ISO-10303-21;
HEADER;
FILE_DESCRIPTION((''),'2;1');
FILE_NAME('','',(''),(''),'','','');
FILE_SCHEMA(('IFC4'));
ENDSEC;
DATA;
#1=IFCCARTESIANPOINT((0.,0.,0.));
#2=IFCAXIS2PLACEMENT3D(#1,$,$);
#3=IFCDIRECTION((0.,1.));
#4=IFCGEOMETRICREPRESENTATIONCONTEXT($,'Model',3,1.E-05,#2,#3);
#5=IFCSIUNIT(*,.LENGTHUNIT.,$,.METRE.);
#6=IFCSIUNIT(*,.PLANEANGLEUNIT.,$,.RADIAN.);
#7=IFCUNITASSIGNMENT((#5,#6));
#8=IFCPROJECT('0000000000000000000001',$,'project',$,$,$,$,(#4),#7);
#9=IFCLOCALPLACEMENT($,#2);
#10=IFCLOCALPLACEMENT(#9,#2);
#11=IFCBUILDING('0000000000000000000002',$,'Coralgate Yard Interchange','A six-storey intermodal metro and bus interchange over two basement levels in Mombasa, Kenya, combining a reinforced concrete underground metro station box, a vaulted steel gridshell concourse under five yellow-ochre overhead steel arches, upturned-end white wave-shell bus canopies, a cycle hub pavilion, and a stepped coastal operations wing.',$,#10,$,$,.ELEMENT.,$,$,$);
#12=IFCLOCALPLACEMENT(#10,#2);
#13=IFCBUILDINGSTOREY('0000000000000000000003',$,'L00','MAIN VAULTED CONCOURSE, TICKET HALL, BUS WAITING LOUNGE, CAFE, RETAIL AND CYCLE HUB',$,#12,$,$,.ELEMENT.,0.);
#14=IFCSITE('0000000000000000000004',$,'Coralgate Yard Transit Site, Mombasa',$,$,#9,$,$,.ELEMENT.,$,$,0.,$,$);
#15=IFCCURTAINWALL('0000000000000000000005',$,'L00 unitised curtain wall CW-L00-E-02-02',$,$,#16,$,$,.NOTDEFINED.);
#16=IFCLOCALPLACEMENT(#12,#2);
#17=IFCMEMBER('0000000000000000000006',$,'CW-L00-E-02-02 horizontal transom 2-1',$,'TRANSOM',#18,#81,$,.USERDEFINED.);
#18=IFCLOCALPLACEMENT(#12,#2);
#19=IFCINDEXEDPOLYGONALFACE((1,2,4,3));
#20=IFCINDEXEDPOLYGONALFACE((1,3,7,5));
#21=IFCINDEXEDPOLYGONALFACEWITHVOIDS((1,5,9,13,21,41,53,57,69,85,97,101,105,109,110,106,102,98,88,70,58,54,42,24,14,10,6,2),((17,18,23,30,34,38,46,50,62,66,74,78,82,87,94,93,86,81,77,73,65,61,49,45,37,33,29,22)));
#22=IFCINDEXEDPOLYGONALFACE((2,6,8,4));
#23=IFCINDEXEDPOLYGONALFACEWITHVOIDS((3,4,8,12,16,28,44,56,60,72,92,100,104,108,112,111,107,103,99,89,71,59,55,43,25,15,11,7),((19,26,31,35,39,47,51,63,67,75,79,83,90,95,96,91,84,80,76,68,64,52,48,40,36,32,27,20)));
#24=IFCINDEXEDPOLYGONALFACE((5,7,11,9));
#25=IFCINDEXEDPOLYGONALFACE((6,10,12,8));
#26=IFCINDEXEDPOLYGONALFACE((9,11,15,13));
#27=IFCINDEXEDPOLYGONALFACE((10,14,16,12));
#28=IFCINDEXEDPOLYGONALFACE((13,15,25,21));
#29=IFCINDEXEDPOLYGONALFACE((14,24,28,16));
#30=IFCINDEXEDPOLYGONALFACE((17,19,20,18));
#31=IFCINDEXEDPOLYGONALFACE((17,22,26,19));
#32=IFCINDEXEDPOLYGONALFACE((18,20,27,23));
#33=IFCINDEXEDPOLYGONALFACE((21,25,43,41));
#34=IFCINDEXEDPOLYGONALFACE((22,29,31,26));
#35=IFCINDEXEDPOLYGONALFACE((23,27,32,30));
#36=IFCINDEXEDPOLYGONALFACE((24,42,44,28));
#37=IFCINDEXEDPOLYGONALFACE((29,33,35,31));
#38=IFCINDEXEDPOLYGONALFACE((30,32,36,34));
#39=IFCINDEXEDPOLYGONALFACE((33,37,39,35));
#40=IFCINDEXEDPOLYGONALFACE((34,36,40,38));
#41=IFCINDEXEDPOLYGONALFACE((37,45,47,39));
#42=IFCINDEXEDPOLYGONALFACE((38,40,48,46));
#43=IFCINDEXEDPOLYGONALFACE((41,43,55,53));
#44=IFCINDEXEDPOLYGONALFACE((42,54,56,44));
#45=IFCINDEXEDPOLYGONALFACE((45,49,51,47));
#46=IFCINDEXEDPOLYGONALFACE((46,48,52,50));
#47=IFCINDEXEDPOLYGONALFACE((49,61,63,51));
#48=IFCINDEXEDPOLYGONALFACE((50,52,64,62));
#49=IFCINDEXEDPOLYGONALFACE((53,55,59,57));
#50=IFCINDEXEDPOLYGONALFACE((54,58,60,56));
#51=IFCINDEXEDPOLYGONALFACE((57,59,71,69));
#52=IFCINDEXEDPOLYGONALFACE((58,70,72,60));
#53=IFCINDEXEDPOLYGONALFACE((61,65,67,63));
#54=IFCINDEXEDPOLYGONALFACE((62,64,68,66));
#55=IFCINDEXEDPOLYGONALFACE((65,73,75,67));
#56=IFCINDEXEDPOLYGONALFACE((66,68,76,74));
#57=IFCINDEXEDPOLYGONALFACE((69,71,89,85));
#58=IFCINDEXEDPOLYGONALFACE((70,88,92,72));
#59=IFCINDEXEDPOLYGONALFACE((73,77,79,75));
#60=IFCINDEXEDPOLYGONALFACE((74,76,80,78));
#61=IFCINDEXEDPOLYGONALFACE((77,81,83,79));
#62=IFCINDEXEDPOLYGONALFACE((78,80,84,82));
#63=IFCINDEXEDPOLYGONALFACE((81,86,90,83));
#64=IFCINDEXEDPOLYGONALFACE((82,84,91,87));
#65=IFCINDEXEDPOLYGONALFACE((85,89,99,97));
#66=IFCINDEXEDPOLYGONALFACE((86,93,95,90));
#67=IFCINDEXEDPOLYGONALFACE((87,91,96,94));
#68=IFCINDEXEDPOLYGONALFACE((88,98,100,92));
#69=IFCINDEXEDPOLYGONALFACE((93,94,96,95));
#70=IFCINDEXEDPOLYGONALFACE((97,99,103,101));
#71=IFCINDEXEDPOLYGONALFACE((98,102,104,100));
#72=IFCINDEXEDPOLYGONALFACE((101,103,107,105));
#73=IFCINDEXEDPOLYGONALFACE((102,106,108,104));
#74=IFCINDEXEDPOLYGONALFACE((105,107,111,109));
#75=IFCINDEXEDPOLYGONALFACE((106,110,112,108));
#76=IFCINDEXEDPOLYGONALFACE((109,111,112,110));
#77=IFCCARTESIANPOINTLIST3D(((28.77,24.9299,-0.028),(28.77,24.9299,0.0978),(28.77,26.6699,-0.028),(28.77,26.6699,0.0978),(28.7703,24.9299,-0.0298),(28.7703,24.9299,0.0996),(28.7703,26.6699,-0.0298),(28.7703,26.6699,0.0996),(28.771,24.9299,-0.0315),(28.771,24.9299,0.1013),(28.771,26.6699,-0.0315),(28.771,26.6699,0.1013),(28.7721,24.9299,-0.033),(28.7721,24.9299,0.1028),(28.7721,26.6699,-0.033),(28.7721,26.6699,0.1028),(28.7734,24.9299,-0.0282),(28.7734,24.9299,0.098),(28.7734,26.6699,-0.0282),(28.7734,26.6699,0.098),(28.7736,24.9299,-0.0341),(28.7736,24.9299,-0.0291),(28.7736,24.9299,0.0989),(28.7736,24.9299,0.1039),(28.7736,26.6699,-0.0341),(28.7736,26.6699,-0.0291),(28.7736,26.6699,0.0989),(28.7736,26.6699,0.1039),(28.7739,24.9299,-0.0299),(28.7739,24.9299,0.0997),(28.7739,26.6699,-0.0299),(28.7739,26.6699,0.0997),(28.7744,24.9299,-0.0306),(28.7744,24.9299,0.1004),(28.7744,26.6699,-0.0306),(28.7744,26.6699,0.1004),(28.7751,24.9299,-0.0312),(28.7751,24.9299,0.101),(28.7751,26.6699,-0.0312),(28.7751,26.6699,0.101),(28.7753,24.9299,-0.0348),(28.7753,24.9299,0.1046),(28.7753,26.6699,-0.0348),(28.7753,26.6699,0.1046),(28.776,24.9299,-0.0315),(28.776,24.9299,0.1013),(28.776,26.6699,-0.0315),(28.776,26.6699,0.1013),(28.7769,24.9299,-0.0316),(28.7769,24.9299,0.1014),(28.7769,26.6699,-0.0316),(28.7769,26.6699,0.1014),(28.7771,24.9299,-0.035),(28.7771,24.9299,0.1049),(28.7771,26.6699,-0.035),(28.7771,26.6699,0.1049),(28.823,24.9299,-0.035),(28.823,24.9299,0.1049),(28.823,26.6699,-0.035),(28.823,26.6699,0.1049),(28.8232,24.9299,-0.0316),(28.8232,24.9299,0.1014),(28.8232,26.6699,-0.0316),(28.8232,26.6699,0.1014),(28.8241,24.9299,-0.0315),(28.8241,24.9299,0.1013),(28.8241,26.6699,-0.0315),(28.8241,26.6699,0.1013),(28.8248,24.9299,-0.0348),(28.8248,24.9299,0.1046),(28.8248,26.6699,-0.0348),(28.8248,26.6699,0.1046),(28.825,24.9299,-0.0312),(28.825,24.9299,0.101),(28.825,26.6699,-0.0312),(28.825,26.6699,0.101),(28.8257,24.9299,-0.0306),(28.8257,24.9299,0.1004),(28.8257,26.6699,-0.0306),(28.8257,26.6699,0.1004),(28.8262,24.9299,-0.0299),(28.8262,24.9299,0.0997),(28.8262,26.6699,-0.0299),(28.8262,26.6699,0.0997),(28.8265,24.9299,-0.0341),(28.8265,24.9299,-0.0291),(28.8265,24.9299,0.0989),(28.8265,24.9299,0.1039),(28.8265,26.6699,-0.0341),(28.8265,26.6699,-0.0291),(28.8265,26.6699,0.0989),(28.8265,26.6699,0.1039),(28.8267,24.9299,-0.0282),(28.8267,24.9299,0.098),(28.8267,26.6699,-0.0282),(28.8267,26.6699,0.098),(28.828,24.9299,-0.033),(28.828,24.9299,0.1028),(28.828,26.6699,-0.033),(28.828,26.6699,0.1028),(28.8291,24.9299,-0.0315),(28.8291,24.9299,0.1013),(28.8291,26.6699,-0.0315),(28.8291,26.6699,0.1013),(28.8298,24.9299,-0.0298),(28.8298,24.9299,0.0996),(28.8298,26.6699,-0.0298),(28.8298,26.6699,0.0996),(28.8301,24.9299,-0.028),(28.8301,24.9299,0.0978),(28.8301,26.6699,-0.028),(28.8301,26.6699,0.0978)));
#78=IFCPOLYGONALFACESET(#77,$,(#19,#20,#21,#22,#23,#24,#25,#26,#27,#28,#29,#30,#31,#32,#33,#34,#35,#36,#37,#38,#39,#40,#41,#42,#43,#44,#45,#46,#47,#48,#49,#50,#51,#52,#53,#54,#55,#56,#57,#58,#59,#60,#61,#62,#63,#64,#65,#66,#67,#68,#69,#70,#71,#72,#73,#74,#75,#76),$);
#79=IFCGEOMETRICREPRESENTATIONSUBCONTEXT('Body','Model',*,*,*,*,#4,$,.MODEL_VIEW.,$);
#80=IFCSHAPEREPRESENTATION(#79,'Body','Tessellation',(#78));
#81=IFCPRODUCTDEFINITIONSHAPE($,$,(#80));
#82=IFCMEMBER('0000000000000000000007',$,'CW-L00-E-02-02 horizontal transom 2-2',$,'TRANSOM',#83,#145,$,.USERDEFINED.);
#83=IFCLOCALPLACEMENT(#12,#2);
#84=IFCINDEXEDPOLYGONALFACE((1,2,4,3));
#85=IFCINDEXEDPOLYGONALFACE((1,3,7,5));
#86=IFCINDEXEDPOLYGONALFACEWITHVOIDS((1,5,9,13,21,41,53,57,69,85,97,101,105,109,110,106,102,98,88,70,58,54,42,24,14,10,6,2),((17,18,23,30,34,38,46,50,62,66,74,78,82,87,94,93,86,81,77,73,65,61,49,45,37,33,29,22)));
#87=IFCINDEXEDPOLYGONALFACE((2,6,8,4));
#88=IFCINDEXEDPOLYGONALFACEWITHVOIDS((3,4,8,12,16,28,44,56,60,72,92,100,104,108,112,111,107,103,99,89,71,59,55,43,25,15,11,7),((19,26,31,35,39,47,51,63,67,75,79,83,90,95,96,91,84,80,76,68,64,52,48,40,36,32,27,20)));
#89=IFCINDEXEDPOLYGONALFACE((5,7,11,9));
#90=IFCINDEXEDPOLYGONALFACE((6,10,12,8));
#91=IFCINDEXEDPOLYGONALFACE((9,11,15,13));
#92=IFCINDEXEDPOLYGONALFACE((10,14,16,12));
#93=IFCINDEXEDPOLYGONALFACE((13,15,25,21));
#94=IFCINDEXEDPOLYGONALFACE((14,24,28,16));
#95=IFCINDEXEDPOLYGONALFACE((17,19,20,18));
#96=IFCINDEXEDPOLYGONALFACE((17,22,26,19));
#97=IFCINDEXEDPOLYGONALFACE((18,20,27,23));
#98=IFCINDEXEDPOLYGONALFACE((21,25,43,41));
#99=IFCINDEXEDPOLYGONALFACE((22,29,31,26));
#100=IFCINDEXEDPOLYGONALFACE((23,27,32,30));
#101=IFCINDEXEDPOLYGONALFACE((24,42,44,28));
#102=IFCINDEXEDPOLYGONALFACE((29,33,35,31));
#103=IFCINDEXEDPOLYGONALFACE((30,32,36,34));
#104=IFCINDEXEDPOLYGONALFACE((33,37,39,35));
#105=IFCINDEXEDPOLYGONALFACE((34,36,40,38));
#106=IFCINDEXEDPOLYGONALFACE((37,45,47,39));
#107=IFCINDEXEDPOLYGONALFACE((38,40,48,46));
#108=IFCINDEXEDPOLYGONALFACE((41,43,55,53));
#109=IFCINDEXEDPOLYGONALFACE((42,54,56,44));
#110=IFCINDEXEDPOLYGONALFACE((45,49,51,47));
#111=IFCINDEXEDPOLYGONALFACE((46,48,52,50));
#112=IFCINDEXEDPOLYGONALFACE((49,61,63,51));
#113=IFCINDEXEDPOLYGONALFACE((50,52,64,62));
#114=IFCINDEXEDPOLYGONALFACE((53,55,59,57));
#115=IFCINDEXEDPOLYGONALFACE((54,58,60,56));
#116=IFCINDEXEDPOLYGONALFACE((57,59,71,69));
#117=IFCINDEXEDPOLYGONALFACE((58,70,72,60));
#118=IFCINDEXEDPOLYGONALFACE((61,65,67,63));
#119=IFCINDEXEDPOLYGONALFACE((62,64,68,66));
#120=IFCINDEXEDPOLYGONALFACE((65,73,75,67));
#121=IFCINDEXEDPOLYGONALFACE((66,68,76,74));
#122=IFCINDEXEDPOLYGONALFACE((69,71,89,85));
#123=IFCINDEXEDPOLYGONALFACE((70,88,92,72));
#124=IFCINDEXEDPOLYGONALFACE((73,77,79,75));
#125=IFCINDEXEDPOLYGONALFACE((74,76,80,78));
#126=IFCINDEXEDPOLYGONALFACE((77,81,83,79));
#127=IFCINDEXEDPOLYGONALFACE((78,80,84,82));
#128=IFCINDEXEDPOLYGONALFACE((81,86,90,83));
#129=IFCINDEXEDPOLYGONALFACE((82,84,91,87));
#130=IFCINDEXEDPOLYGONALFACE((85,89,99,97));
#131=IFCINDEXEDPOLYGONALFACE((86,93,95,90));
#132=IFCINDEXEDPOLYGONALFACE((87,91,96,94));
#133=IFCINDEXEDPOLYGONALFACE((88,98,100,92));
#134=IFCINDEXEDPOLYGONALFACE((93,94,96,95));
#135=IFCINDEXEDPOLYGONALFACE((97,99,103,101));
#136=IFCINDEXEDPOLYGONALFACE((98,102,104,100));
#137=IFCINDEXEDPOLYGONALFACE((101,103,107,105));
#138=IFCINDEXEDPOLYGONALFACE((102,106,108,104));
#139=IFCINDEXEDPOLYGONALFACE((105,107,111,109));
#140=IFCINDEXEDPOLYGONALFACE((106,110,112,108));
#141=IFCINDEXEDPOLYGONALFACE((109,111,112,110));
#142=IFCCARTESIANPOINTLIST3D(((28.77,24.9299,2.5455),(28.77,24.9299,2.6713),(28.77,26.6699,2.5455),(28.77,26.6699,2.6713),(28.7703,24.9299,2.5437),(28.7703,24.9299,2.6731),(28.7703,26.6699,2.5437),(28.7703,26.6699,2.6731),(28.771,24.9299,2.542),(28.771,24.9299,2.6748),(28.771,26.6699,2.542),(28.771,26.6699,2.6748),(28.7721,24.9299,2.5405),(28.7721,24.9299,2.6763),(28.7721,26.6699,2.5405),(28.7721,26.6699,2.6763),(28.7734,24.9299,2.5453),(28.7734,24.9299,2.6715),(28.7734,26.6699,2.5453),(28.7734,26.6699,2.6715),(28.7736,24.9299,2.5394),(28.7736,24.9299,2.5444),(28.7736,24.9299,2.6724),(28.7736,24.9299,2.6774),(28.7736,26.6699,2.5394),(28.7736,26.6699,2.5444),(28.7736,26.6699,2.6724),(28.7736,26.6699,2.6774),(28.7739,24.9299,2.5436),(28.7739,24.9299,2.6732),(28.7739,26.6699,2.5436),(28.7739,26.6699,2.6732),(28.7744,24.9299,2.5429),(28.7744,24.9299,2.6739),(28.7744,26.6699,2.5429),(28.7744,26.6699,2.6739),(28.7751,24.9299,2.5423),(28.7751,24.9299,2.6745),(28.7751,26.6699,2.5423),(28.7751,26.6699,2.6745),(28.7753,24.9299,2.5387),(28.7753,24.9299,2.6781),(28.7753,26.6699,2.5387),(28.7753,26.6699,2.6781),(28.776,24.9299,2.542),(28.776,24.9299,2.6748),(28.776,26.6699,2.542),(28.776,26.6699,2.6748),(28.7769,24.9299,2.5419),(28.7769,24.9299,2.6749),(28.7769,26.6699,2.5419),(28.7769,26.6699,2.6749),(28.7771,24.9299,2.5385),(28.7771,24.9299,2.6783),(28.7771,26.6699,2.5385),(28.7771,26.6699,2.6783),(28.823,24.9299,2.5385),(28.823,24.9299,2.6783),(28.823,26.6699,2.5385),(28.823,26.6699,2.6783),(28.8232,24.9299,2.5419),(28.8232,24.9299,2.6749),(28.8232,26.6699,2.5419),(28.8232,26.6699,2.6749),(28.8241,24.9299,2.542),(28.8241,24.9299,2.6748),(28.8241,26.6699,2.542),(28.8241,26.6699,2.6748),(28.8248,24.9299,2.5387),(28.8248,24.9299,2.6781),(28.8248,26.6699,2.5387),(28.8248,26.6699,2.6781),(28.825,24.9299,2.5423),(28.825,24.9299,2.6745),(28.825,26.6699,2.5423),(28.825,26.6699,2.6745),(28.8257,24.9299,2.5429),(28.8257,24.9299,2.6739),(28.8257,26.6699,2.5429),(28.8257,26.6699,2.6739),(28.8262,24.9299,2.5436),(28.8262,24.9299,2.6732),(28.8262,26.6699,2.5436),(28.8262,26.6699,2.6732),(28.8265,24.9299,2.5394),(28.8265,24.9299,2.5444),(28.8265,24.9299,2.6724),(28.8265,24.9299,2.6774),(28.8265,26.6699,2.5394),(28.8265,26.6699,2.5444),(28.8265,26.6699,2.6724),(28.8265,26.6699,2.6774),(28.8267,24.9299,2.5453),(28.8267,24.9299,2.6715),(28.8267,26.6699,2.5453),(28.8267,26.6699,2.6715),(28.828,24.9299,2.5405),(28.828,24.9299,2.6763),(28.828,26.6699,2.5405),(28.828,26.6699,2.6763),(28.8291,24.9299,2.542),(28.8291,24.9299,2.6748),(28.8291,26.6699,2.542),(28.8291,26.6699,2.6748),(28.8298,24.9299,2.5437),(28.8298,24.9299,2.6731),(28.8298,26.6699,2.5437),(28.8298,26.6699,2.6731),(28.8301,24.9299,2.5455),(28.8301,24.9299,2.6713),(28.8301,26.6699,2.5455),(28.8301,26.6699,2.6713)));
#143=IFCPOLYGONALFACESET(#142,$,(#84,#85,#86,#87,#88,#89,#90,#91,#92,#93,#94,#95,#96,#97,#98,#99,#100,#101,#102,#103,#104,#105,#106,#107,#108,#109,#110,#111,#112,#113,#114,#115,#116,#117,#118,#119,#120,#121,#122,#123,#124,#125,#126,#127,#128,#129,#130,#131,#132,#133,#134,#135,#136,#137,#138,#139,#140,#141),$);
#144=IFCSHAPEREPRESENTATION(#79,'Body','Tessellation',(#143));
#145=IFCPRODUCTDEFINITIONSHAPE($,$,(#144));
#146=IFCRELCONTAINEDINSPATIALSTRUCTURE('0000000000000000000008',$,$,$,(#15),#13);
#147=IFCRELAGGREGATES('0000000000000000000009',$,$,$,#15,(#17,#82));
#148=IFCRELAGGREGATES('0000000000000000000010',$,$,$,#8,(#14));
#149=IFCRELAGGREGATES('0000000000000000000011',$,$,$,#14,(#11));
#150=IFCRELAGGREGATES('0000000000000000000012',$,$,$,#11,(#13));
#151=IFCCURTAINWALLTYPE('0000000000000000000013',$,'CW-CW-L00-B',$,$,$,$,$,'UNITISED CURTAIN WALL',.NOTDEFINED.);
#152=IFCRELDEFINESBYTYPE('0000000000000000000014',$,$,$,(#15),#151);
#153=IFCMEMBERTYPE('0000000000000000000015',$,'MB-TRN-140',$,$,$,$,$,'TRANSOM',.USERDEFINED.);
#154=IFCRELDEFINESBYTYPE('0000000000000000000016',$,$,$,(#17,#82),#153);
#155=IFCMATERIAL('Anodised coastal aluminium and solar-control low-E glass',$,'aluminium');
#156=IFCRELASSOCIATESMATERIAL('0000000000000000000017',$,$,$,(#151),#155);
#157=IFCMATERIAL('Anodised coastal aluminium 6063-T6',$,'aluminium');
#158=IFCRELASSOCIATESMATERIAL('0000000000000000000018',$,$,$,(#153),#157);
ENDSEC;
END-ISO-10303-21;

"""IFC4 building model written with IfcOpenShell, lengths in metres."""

from ifc_helpers import new_model, si_unit, direction, frame, origin, origin_2d, place, context, subcontext, project, spatial, hollow_rectangle, extrude, material, material_profile, profile_set, type_object, element, aggregate, save


model = new_model("IFC4")

# Units and contexts
model_context = context("Model", 3, precision=1e-05, world=origin(), true_north=direction((0.0, 1.0)))
body_context = subcontext(model_context, "Body", "Model", "MODEL_VIEW")
ifc_project = project(units=[si_unit("LENGTHUNIT", "METRE"), si_unit("PLANEANGLEUNIT", "RADIAN")], contexts=[model_context])

# Site, building, storey
site_placement = place(None, origin())
site = spatial("IfcSite", under=ifc_project, at=site_placement, Name="Coralgate Yard Transit Site, Mombasa", CompositionType="ELEMENT", RefElevation=0.0)
building_placement = place(site_placement, origin())
building = spatial("IfcBuilding", under=site, at=building_placement, Name="Coralgate Yard Interchange", Description="A six-storey intermodal metro and bus interchange over two basement levels in Mombasa, Kenya, combining a reinforced concrete underground metro station box, a vaulted steel gridshell concourse under five yellow-ochre overhead steel arches, upturned-end white wave-shell bus canopies, a cycle hub pavilion, and a stepped coastal operations wing.", CompositionType="ELEMENT")
storey_placement = place(building_placement, origin())
storey = spatial("IfcBuildingStorey", under=building, at=storey_placement, Name="L00", Description="MAIN VAULTED CONCOURSE, TICKET HALL, BUS WAITING LOUNGE, CAFE, RETAIL AND CYCLE HUB", CompositionType="ELEMENT", Elevation=0.0)

# Curtain wall, members
ifc_material_1 = material(Name="Anodised coastal aluminium and solar-control low-E glass", Category="aluminium")
curtain_wall_type = type_object("IfcCurtainWallType", Name="CW-CW-L00-B", ElementType="UNITISED CURTAIN WALL", PredefinedType="NOTDEFINED", material=ifc_material_1)
curtain_wall_placement = place(storey_placement, origin())
curtain_wall = element("IfcCurtainWall", 1, at=curtain_wall_placement, inside=storey, type_object=curtain_wall_type, Name="L00 unitised curtain wall CW-L00-E-02-02", PredefinedType="NOTDEFINED")
ifc_material_2 = material(Name="Anodised coastal aluminium 6063-T6", Category="aluminium")
ifc_material_profile_1 = material_profile(ifc_material_2, hollow_rectangle(XDim=0.0601, YDim=0.1399, WallThickness=0.0034, InnerFilletRadius=0.0034, OuterFilletRadius=0.0071, at=origin_2d()), Name="ALU 60x140x3.5")
ifc_profile_set_1 = profile_set([ifc_material_profile_1], Name="Anodised coastal aluminium 6063-T6")
member_type_1 = type_object("IfcMemberType", Name="MB-TRN-140", ElementType="TRANSOM", PredefinedType="USERDEFINED", material=ifc_profile_set_1)
member_1_placement = place(storey_placement, frame((28.8, 26.6699, 0.0349), z_axis=(0.0, -1.0, 0.0), x_axis=(1.0, 0.0, 0.0)))
member_1 = element("IfcMember", 2, at=member_1_placement, type_object=member_type_1, Name="CW-L00-E-02-02 horizontal transom 2-1", ObjectType="TRANSOM", PredefinedType="USERDEFINED", context=body_context, shape_type="SweptSolid", body=[
    extrude(hollow_rectangle(XDim=0.0601, YDim=0.1399, WallThickness=0.0034, InnerFilletRadius=0.0034, OuterFilletRadius=0.0071, at=origin_2d()), origin(), (0.0, 0.0, 1.0), 1.74),
])
member_2_placement = place(storey_placement, frame((28.8, 26.6699, 2.6084), z_axis=(0.0, -1.0, 0.0), x_axis=(1.0, 0.0, 0.0)))
member_2 = element("IfcMember", 3, at=member_2_placement, type_object=member_type_1, Name="CW-L00-E-02-02 horizontal transom 2-2", ObjectType="TRANSOM", PredefinedType="USERDEFINED", context=body_context, shape_type="SweptSolid", body=[
    extrude(hollow_rectangle(XDim=0.0601, YDim=0.1399, WallThickness=0.0034, InnerFilletRadius=0.0034, OuterFilletRadius=0.0071, at=origin_2d()), origin(), (0.0, 0.0, 1.0), 1.74),
])
aggregate(curtain_wall, [member_1, member_2])

save(model, "model.ifc")
